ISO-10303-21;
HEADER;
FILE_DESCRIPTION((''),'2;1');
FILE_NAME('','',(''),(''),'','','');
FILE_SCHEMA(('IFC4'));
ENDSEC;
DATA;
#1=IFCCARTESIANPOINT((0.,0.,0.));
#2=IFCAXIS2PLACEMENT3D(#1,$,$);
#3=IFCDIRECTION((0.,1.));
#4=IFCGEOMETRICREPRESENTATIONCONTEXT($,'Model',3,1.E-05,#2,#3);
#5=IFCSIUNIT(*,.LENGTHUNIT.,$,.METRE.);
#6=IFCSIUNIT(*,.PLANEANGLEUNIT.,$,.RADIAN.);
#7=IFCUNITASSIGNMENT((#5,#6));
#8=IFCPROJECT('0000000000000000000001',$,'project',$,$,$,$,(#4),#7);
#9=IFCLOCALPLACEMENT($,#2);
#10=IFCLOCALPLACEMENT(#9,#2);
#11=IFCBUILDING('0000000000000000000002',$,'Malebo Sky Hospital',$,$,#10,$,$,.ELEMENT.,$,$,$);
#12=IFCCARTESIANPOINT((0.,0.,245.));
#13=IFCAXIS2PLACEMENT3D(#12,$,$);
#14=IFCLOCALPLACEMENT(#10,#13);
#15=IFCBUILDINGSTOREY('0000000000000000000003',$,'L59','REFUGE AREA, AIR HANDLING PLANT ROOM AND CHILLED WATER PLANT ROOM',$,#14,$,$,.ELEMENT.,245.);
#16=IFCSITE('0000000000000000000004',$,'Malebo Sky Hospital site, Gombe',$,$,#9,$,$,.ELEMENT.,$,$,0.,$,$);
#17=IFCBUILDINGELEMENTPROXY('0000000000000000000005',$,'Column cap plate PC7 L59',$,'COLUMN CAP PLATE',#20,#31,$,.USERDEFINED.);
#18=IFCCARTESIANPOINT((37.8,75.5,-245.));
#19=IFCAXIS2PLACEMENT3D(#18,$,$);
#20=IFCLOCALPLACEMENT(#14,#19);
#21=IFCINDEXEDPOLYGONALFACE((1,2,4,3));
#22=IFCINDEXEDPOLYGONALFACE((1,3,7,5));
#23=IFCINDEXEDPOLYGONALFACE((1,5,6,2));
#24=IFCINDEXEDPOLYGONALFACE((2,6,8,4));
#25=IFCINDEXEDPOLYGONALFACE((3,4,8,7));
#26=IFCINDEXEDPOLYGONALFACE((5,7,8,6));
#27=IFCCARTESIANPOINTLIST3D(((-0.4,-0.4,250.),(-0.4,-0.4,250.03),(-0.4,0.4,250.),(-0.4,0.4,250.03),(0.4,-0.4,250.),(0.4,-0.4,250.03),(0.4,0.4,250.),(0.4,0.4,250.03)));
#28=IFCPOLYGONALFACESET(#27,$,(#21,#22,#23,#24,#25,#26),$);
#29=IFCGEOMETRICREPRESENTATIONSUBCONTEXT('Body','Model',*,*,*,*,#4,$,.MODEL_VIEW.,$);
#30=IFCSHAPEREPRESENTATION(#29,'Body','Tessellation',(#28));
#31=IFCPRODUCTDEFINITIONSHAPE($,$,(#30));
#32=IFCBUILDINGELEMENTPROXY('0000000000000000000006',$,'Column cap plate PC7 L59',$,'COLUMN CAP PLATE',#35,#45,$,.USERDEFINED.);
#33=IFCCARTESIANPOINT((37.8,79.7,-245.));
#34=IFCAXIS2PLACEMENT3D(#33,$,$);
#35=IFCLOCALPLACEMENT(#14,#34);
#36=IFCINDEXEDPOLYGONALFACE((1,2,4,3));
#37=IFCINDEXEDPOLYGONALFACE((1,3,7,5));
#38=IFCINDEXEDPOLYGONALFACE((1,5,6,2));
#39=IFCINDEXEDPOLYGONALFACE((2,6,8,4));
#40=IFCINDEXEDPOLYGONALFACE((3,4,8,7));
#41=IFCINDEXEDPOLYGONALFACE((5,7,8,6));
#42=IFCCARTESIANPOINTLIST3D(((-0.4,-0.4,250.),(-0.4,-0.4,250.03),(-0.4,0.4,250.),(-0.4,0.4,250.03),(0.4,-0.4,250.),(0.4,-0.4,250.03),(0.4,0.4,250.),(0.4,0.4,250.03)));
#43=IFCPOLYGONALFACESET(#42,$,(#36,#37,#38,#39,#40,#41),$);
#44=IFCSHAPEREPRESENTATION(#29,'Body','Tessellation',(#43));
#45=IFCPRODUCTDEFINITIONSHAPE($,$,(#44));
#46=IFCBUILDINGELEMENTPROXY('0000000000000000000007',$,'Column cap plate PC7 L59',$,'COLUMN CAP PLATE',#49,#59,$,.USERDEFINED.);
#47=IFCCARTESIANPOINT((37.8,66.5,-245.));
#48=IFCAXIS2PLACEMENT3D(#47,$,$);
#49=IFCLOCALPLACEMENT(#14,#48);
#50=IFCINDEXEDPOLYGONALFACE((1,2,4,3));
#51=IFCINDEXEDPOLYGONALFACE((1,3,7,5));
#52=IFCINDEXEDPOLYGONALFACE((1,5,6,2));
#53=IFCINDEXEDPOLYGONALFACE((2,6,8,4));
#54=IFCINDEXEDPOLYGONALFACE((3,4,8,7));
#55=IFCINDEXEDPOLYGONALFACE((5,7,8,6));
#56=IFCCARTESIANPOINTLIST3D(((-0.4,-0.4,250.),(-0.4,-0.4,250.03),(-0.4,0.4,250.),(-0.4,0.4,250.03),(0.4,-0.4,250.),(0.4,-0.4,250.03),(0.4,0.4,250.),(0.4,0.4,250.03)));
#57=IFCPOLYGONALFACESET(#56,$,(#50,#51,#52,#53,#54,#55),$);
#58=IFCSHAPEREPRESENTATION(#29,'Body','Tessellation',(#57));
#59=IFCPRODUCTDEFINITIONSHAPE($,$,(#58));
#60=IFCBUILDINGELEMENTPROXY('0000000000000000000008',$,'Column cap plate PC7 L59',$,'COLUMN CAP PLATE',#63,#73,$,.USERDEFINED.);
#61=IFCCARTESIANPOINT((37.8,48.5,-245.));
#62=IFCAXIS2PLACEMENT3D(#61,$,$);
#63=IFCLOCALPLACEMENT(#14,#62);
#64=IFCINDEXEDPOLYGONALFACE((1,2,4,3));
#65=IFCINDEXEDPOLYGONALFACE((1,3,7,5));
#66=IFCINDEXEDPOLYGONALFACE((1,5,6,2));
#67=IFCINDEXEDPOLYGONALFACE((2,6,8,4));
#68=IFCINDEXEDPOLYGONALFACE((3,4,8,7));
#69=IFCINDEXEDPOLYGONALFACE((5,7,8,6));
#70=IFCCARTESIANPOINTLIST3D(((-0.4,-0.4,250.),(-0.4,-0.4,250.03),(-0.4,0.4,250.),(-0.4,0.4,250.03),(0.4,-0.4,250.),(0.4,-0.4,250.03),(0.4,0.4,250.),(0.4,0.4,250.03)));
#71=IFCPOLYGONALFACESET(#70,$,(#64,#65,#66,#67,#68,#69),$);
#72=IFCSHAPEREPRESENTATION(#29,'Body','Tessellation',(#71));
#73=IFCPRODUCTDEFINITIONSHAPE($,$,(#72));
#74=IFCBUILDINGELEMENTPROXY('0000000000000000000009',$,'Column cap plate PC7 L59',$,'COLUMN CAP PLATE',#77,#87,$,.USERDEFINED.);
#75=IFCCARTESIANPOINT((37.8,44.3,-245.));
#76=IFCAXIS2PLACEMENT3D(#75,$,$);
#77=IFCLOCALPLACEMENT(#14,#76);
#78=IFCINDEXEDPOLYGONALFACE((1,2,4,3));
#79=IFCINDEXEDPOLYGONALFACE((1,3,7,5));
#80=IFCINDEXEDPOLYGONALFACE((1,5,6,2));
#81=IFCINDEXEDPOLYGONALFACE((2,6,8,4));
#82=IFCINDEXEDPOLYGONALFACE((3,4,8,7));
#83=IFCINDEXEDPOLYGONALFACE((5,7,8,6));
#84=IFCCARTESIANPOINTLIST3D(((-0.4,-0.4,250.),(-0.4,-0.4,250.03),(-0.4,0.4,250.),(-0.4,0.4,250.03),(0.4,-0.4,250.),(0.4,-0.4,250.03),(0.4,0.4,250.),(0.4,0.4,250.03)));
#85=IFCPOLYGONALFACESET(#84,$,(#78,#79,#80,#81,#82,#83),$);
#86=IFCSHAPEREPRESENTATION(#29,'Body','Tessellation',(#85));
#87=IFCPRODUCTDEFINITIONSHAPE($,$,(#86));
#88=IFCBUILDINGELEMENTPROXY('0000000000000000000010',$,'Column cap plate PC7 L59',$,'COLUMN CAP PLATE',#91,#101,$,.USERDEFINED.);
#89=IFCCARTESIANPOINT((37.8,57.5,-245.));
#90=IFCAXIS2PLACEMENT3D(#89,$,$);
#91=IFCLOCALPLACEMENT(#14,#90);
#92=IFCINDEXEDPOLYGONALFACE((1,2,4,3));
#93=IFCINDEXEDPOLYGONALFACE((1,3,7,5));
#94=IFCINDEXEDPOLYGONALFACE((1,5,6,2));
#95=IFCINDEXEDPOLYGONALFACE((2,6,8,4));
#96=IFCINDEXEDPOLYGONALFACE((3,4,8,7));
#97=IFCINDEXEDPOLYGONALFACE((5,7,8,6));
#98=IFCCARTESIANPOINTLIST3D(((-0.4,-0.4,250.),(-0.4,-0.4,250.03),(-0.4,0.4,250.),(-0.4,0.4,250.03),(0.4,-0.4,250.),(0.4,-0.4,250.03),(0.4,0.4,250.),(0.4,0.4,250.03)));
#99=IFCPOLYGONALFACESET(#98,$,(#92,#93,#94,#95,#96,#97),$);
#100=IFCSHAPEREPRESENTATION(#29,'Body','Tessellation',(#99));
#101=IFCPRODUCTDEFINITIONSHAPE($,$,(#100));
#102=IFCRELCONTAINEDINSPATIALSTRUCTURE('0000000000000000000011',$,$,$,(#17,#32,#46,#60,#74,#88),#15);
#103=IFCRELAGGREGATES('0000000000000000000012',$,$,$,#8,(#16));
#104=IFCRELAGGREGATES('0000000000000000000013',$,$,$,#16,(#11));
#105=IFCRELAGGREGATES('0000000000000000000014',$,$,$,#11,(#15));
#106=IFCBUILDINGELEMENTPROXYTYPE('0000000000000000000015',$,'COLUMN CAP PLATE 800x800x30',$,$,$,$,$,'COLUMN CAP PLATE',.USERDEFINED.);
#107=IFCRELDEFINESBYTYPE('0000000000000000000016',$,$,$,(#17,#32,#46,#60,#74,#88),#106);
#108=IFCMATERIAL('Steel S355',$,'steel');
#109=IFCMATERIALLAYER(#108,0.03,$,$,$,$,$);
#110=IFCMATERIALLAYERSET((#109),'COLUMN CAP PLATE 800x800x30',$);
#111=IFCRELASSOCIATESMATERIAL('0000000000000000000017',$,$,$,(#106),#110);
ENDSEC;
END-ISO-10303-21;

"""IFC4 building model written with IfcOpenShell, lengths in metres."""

from ifc_helpers import new_model, si_unit, direction, frame, origin, origin_2d, place, context, subcontext, project, spatial, rectangle, extrude, material, layer, layer_set, type_object, element, save


model = new_model("IFC4")

# Units and contexts
model_context = context("Model", 3, precision=1e-05, world=origin(), true_north=direction((0.0, 1.0)))
body_context = subcontext(model_context, "Body", "Model", "MODEL_VIEW")
ifc_project = project(units=[si_unit("LENGTHUNIT", "METRE"), si_unit("PLANEANGLEUNIT", "RADIAN")], contexts=[model_context])

# Site, building, storey
site_placement = place(None, origin())
site = spatial("IfcSite", under=ifc_project, at=site_placement, Name="Malebo Sky Hospital site, Gombe", CompositionType="ELEMENT", RefElevation=0.0)
building_placement = place(site_placement, origin())
building = spatial("IfcBuilding", under=site, at=building_placement, Name="Malebo Sky Hospital", CompositionType="ELEMENT")
storey_placement = place(building_placement, frame((0.0, 0.0, 245.0)))
storey = spatial("IfcBuildingStorey", under=building, at=storey_placement, Name="L59", Description="REFUGE AREA, AIR HANDLING PLANT ROOM AND CHILLED WATER PLANT ROOM", CompositionType="ELEMENT", Elevation=245.0)

# Shared definitions
ifc_material = material(Name="Steel S355", Category="steel")

# Building element proxies
ifc_layer = layer(ifc_material, 0.03)
ifc_layer_set = layer_set([ifc_layer], Name="COLUMN CAP PLATE 800x800x30")
building_element_proxy_type = type_object("IfcBuildingElementProxyType", Name="COLUMN CAP PLATE 800x800x30", ElementType="COLUMN CAP PLATE", PredefinedType="USERDEFINED", material=ifc_layer_set)
for number, where, name in (
    (1, (37.8, 75.5, -245.0), "Column cap plate PC7 L59"),
    (2, (37.8, 79.7, -245.0), "Column cap plate PC7 L59"),
    (3, (37.8, 66.5, -245.0), "Column cap plate PC7 L59"),
    (4, (37.8, 48.5, -245.0), "Column cap plate PC7 L59"),
    (5, (37.8, 44.3, -245.0), "Column cap plate PC7 L59"),
    (6, (37.8, 57.5, -245.0), "Column cap plate PC7 L59"),
):
    element("IfcBuildingElementProxy", number, at=place(storey_placement, frame(where)), inside=storey, type_object=building_element_proxy_type, Name=name, ObjectType="COLUMN CAP PLATE", PredefinedType="USERDEFINED", context=body_context, shape_type="SweptSolid", body=[
        extrude(rectangle(XDim=0.8, YDim=0.8, at=origin_2d()), frame((0.0, 0.0, 250.0)), (0.0, 0.0, 1.0), 0.03),
    ])

save(model, "model.ifc")
